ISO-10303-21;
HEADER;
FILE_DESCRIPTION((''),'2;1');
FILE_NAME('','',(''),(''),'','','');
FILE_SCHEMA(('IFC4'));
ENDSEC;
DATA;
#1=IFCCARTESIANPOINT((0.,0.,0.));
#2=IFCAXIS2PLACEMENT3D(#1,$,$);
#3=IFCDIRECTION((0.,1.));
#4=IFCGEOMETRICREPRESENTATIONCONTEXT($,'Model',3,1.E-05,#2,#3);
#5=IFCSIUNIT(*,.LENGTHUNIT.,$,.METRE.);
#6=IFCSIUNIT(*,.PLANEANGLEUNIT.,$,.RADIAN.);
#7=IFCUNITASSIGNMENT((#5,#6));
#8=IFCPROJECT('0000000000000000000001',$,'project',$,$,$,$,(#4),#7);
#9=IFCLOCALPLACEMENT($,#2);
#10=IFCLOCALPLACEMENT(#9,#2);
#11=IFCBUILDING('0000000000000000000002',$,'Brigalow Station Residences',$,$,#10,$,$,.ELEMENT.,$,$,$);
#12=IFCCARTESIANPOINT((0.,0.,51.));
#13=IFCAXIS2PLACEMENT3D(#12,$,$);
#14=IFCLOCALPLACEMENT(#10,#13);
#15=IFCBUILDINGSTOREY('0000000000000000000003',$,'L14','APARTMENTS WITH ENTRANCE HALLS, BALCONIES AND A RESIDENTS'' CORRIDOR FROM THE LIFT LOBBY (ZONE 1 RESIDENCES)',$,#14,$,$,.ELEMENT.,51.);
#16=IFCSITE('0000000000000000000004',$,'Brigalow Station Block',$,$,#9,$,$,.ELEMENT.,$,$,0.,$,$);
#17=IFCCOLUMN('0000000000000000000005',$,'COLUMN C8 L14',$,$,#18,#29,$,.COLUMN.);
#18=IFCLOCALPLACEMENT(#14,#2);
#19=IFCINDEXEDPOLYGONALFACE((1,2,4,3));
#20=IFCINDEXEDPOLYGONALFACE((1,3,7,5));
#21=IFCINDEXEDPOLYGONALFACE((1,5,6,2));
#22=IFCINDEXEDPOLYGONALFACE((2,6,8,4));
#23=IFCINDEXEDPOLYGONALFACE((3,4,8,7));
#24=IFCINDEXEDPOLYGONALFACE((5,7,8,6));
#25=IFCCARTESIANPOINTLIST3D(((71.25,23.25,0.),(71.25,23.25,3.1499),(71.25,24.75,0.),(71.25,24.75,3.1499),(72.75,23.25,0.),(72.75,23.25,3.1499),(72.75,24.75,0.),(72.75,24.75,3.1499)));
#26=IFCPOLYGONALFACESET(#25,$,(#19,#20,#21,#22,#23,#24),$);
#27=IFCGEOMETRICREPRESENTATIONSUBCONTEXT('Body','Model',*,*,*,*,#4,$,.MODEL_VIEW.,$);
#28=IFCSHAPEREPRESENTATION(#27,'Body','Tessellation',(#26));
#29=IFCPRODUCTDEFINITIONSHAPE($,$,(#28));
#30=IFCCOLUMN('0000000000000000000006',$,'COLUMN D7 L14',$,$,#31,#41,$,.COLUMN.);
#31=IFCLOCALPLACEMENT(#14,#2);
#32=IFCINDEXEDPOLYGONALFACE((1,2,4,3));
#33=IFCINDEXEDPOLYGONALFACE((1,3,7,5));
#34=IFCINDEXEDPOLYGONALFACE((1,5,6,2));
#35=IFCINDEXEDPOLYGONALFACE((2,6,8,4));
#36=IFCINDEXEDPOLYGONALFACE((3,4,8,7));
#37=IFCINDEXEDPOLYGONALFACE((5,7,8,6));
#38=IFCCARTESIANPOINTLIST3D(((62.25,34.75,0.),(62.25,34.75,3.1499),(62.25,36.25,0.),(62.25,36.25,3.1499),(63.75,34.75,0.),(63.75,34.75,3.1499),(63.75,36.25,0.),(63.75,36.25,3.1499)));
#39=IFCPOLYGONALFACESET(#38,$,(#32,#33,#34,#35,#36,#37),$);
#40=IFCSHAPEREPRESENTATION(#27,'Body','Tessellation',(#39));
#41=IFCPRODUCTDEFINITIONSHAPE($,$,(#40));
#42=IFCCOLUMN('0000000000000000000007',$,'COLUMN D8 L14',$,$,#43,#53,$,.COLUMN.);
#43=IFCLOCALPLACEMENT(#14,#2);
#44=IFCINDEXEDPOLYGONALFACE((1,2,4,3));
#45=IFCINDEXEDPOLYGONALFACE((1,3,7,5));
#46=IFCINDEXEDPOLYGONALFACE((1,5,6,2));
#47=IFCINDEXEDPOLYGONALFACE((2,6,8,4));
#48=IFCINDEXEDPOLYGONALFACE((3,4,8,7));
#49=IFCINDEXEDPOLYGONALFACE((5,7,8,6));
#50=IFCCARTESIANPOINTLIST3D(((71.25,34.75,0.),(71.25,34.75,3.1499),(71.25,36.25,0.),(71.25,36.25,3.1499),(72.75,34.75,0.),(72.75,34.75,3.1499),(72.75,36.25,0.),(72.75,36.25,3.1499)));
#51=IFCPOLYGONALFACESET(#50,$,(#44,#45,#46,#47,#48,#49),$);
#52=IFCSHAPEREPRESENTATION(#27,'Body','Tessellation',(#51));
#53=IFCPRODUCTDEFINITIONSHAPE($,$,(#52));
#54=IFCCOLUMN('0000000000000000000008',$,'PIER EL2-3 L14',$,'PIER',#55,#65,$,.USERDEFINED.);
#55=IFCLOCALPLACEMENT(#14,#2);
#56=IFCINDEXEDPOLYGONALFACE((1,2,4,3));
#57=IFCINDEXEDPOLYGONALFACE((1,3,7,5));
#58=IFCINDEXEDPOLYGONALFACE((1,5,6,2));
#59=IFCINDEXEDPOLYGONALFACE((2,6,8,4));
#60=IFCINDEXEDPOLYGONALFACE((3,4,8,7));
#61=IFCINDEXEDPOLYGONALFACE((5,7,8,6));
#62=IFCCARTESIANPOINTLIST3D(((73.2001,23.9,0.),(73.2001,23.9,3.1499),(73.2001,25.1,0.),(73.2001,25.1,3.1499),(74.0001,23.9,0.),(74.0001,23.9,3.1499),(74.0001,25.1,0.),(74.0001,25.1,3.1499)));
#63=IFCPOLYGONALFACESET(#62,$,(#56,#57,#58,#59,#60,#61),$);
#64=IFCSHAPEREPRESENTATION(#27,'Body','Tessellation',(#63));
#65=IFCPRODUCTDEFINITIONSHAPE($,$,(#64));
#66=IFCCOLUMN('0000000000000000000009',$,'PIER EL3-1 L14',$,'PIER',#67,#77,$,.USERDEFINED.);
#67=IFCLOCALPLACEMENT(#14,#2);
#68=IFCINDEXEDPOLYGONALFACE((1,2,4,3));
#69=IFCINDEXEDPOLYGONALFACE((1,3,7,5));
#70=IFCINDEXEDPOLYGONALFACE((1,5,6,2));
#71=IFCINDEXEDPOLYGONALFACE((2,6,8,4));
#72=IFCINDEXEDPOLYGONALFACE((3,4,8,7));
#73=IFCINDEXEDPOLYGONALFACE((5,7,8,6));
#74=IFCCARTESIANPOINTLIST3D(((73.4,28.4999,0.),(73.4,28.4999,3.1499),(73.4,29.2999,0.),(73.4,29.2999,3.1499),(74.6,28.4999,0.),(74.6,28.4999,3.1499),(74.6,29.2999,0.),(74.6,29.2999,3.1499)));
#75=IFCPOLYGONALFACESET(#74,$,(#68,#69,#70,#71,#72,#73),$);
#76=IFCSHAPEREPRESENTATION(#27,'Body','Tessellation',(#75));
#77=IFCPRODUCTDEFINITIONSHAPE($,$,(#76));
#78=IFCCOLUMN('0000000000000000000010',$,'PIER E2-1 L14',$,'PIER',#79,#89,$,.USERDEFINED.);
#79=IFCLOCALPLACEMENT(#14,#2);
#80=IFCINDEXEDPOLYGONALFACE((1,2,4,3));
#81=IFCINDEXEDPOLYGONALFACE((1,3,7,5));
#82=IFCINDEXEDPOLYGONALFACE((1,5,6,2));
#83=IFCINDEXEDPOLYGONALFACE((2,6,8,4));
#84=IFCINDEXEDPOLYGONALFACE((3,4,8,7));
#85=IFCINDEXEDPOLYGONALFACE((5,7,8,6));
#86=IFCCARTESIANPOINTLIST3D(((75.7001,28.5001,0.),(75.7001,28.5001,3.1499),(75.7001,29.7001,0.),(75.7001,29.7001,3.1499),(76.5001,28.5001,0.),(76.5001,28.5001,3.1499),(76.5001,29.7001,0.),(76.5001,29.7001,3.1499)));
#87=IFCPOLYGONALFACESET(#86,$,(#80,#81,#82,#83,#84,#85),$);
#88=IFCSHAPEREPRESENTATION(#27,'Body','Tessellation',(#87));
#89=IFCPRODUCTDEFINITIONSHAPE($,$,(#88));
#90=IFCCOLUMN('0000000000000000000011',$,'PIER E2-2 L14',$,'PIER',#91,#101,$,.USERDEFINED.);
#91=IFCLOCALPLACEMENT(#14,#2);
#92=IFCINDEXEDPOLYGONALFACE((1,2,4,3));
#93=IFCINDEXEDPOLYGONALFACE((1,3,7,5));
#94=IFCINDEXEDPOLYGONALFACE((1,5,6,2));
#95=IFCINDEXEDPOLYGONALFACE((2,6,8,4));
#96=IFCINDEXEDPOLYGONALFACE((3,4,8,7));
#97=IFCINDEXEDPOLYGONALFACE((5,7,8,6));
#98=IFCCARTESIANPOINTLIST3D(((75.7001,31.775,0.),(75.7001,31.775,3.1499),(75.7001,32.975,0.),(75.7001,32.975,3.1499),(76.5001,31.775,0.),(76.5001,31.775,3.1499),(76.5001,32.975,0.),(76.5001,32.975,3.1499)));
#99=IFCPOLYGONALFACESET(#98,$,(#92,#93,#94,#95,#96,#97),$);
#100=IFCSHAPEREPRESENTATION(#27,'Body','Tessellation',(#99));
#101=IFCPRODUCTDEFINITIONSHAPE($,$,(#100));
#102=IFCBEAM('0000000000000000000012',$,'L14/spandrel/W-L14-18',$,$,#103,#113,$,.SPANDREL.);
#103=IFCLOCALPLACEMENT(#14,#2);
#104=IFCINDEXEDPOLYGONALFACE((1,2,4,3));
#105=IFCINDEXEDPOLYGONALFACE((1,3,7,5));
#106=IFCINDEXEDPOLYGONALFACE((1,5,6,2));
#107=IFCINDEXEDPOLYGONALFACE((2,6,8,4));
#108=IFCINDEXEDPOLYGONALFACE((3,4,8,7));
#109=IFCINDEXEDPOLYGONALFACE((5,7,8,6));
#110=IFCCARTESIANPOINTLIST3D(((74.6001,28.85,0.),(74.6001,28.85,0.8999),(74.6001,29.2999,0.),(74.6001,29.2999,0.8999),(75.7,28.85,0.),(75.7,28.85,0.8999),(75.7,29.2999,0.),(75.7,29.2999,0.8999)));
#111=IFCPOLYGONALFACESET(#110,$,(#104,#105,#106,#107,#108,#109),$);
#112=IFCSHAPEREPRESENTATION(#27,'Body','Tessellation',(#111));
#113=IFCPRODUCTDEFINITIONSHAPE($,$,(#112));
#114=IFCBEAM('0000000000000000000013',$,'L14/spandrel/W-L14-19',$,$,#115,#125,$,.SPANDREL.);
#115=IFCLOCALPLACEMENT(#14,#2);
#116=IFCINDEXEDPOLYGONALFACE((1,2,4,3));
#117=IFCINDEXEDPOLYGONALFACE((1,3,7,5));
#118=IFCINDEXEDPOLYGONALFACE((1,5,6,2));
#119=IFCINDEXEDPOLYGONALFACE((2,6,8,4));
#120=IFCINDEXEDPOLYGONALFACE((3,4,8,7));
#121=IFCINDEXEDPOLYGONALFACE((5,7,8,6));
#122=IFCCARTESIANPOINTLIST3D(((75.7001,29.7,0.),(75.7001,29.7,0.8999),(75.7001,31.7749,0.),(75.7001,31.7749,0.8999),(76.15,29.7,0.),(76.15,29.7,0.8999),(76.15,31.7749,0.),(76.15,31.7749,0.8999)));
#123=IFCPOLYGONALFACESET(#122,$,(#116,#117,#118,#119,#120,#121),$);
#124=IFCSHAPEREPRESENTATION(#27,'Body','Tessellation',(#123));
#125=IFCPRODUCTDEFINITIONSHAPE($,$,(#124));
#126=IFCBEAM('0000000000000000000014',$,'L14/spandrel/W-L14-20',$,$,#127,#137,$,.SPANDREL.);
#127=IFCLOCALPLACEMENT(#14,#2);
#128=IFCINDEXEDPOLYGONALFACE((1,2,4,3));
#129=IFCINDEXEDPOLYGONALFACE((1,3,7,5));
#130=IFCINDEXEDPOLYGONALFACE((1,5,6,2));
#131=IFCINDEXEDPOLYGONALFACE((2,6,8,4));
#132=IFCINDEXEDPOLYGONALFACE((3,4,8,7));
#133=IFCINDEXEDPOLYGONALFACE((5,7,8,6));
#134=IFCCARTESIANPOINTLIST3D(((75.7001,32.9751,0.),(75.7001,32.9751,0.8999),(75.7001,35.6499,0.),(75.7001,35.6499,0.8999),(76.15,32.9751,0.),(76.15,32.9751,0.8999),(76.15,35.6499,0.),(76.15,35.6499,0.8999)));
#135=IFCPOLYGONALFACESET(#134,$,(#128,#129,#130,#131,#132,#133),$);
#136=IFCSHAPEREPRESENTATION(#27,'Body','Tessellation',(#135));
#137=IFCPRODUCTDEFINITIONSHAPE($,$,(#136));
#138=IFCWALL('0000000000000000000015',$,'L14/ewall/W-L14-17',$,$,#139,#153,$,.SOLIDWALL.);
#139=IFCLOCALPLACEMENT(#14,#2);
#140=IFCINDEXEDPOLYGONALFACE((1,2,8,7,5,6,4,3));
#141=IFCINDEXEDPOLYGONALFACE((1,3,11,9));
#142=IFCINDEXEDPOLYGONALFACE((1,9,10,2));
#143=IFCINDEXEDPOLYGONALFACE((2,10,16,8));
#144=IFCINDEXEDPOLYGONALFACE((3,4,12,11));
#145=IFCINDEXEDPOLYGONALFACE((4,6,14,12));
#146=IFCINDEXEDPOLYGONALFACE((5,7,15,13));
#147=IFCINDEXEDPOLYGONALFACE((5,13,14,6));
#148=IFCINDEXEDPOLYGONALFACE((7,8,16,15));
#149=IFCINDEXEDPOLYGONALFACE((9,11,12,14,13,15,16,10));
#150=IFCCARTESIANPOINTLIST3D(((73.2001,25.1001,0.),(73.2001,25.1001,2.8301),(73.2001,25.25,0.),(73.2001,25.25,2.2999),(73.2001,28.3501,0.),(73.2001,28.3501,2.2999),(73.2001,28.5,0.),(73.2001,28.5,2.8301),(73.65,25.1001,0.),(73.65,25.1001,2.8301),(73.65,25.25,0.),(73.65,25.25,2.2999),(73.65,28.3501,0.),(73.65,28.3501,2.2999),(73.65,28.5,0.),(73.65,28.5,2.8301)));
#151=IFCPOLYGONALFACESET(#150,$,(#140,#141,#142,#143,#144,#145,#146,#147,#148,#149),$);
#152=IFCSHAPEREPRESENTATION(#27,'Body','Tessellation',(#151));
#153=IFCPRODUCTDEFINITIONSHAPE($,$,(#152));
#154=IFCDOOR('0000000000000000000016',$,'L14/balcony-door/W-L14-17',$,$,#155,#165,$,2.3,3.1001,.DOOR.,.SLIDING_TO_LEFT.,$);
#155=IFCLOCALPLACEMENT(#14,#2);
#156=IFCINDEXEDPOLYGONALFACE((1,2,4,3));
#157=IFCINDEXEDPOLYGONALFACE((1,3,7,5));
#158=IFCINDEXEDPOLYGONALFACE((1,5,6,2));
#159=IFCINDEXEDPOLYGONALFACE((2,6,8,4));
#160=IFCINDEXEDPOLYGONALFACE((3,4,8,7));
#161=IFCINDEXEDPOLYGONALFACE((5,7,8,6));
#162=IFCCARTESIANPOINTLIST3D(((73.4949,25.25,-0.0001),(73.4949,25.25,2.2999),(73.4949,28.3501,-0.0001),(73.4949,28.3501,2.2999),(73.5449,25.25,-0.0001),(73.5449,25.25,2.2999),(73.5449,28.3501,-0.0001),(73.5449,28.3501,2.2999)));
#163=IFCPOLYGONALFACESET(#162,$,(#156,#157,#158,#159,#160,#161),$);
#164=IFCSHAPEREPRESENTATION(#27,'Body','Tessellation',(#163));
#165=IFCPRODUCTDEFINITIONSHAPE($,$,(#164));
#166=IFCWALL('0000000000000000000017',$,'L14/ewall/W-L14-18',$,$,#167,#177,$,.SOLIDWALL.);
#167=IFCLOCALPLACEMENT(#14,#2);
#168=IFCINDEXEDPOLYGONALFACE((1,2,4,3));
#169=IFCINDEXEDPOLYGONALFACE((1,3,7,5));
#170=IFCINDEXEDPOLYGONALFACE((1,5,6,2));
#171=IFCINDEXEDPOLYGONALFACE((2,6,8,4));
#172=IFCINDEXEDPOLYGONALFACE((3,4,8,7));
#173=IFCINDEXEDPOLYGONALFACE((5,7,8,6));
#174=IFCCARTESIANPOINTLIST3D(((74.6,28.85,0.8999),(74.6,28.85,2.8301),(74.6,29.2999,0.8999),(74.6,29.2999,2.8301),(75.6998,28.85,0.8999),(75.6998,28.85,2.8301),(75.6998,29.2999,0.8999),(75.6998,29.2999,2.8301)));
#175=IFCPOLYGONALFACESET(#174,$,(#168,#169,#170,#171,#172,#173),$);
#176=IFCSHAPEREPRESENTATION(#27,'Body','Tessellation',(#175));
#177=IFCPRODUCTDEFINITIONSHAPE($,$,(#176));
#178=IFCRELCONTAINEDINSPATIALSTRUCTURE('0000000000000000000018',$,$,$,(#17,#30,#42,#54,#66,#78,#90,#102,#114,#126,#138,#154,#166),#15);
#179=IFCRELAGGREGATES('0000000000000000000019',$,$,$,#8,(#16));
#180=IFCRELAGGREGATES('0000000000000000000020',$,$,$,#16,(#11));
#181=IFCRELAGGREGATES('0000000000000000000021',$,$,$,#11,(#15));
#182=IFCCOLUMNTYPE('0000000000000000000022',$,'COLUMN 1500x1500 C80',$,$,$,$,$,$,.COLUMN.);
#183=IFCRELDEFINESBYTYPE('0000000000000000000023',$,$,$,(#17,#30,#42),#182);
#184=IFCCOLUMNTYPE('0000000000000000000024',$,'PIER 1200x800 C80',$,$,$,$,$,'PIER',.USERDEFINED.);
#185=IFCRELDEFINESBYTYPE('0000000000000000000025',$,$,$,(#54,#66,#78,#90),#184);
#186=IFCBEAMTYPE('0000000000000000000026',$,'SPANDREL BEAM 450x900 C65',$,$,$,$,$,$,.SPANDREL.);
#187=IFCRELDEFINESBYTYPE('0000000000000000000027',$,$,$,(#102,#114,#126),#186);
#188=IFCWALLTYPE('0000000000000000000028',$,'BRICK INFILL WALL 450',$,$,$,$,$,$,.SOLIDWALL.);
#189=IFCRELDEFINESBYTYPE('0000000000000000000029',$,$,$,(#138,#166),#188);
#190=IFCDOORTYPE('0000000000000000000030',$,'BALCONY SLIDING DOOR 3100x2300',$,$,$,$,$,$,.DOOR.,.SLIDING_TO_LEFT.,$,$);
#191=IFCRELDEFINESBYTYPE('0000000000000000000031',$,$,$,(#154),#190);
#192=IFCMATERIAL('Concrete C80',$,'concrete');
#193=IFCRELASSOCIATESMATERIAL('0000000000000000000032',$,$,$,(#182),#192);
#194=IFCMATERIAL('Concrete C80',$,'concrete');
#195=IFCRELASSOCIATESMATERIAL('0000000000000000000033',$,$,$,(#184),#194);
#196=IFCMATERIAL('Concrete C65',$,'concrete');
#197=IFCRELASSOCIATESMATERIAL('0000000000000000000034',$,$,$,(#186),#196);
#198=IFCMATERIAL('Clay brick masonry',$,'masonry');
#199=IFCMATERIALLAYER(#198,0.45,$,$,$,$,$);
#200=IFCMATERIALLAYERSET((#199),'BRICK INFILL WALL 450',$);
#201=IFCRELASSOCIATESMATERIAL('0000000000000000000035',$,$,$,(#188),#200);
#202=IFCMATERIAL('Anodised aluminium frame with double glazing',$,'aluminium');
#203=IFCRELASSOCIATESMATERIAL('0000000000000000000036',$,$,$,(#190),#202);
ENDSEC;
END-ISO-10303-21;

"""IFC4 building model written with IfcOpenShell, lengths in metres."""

from ifc_helpers import new_model, si_unit, direction, frame, frame_2d, origin, origin_2d, place, context, subcontext, project, spatial, rectangle, extrude, material, layer, layer_set, material_profile, profile_set, type_object, element, fill, save


model = new_model("IFC4")

# Units and contexts
model_context = context("Model", 3, precision=1e-05, world=origin(), true_north=direction((0.0, 1.0)))
body_context = subcontext(model_context, "Body", "Model", "MODEL_VIEW")
ifc_project = project(units=[si_unit("LENGTHUNIT", "METRE"), si_unit("PLANEANGLEUNIT", "RADIAN")], contexts=[model_context])

# Site, building, storey
site_placement = place(None, origin())
site = spatial("IfcSite", under=ifc_project, at=site_placement, Name="Brigalow Station Block", CompositionType="ELEMENT", RefElevation=0.0)
building_placement = place(site_placement, origin())
building = spatial("IfcBuilding", under=site, at=building_placement, Name="Brigalow Station Residences", CompositionType="ELEMENT")
storey_placement = place(building_placement, frame((0.0, 0.0, 51.0)))
storey = spatial("IfcBuildingStorey", under=building, at=storey_placement, Name="L14", Description="APARTMENTS WITH ENTRANCE HALLS, BALCONIES AND A RESIDENTS' CORRIDOR FROM THE LIFT LOBBY (ZONE 1 RESIDENCES)", CompositionType="ELEMENT", Elevation=51.0)

# Columns
ifc_material_1 = material(Name="Concrete C80", Category="concrete")
ifc_material_profile_1 = material_profile(ifc_material_1, rectangle(XDim=1.5, YDim=1.5, at=origin_2d()), Name="RC1500x1500")
ifc_profile_set_1 = profile_set([ifc_material_profile_1], Name="Concrete C80")
column_type_1 = type_object("IfcColumnType", Name="COLUMN 1500x1500 C80", PredefinedType="COLUMN", material=ifc_profile_set_1)
for number, where, z_axis, x_axis, name in (
    (1, (72.0, 24.0, 0.0), (0.0, 0.0, 1.0), (1.0, 0.0, 0.0), "COLUMN C8 L14"),
    (2, (63.0, 35.5, 0.0), (0.0, 0.0, 1.0), (1.0, 0.0, 0.0), "COLUMN D7 L14"),
    (3, (72.0, 35.5, 0.0), (0.0, 0.0, 1.0), (1.0, 0.0, 0.0), "COLUMN D8 L14"),
):
    element("IfcColumn", number, at=place(storey_placement, frame(where, z_axis=z_axis, x_axis=x_axis)), inside=storey, type_object=column_type_1, Name=name, PredefinedType="COLUMN", context=body_context, shape_type="SweptSolid", body=[
        extrude(rectangle(XDim=1.5, YDim=1.5, at=origin_2d()), origin(), (0.0, 0.0, 1.0), 3.1499),
    ])
ifc_material_2 = material(Name="Concrete C80", Category="concrete")
ifc_material_profile_2 = material_profile(ifc_material_2, rectangle(XDim=1.2, YDim=0.8, at=origin_2d()), Name="RC1200x800")
ifc_profile_set_2 = profile_set([ifc_material_profile_2], Name="Concrete C80")
column_type_2 = type_object("IfcColumnType", Name="PIER 1200x800 C80", ElementType="PIER", PredefinedType="USERDEFINED", material=ifc_profile_set_2)
for number, where, z_axis, x_axis, name in (
    (4, (73.6001, 24.5, 0.0), (0.0, 0.0, 1.0), (0.0, 1.0, 0.0), "PIER EL2-3 L14"),
    (5, (74.0, 28.8999, 0.0), (0.0, 0.0, 1.0), (1.0, 0.0, 0.0), "PIER EL3-1 L14"),
    (6, (76.1001, 29.1001, 0.0), (0.0, 0.0, 1.0), (0.0, 1.0, 0.0), "PIER E2-1 L14"),
    (7, (76.1001, 32.375, 0.0), (0.0, 0.0, 1.0), (0.0, 1.0, 0.0), "PIER E2-2 L14"),
):
    element("IfcColumn", number, at=place(storey_placement, frame(where, z_axis=z_axis, x_axis=x_axis)), inside=storey, type_object=column_type_2, Name=name, ObjectType="PIER", PredefinedType="USERDEFINED", context=body_context, shape_type="SweptSolid", body=[
        extrude(rectangle(XDim=1.2, YDim=0.8, at=origin_2d()), origin(), (0.0, 0.0, 1.0), 3.1499),
    ])

# Beams
ifc_material_3 = material(Name="Concrete C65", Category="concrete")
ifc_material_profile_3 = material_profile(ifc_material_3, rectangle(XDim=0.45, YDim=0.8999, at=origin_2d()), Name="RC450x900")
ifc_profile_set_3 = profile_set([ifc_material_profile_3], Name="Concrete C65")
beam_type = type_object("IfcBeamType", Name="SPANDREL BEAM 450x900 C65", PredefinedType="SPANDREL", material=ifc_profile_set_3)
beam_1_placement = place(storey_placement, frame((74.6001, 29.075, 0.45), z_axis=(1.0, 0.0, 0.0), x_axis=(0.0, 1.0, 0.0)))
element("IfcBeam", 8, at=beam_1_placement, inside=storey, type_object=beam_type, Name="L14/spandrel/W-L14-18", PredefinedType="SPANDREL", context=body_context, shape_type="SweptSolid", body=[
    extrude(rectangle(XDim=0.45, YDim=0.8999, at=origin_2d()), origin(), (0.0, 0.0, 1.0), 1.0999),
])
beam_2_placement = place(storey_placement, frame((75.925, 29.7, 0.45), z_axis=(0.0, 1.0, 0.0), x_axis=(-1.0, 0.0, 0.0)))
element("IfcBeam", 9, at=beam_2_placement, inside=storey, type_object=beam_type, Name="L14/spandrel/W-L14-19", PredefinedType="SPANDREL", context=body_context, shape_type="SweptSolid", body=[
    extrude(rectangle(XDim=0.45, YDim=0.8999, at=origin_2d()), origin(), (0.0, 0.0, 1.0), 2.075),
])
beam_3_placement = place(storey_placement, frame((75.925, 32.9751, 0.45), z_axis=(0.0, 1.0, 0.0), x_axis=(-1.0, 0.0, 0.0)))
element("IfcBeam", 10, at=beam_3_placement, inside=storey, type_object=beam_type, Name="L14/spandrel/W-L14-20", PredefinedType="SPANDREL", context=body_context, shape_type="SweptSolid", body=[
    extrude(rectangle(XDim=0.45, YDim=0.8999, at=origin_2d()), origin(), (0.0, 0.0, 1.0), 2.6748),
])

# Wall, opening, door
ifc_material_4 = material(Name="Clay brick masonry", Category="masonry")
ifc_layer_1 = layer(ifc_material_4, 0.45)
ifc_layer_set_1 = layer_set([ifc_layer_1], Name="BRICK INFILL WALL 450")
wall_type_1 = type_object("IfcWallType", Name="BRICK INFILL WALL 450", PredefinedType="SOLIDWALL", material=ifc_layer_set_1)
wall_1_placement = place(storey_placement, frame((73.425, 25.1001, 0.0), z_axis=(0.0, 0.0, 1.0), x_axis=(0.0, 1.0, 0.0)))
wall_1 = element("IfcWall", 11, at=wall_1_placement, inside=storey, type_object=wall_type_1, Name="L14/ewall/W-L14-17", PredefinedType="SOLIDWALL", context=body_context, shape_type="SweptSolid", body=[
    extrude(rectangle(XDim=3.3999, YDim=0.45, at=frame_2d((1.7, 0.0))), origin(), (0.0, 0.0, 1.0), 2.8301),
])
opening_1_placement = place(wall_1_placement, frame((0.1499, 0.0, 0.0)))
opening_1 = element("IfcOpeningElement", 12, at=opening_1_placement, cuts=wall_1, PredefinedType="OPENING", context=body_context, shape_type="SweptSolid", body=[
    extrude(rectangle(XDim=3.1001, YDim=2.3, at=frame_2d((1.55, 1.1499))), frame((0.0, 0.2349, 0.0), z_axis=(0.0, -1.0, 0.0), x_axis=(1.0, 0.0, 0.0)), (0.0, 0.0, 1.0), 0.47),
])
ifc_material_5 = material(Name="Anodised aluminium frame with double glazing", Category="aluminium")
door_type_1 = type_object("IfcDoorType", Name="BALCONY SLIDING DOOR 3100x2300", OperationType="SLIDING_TO_LEFT", PredefinedType="DOOR", material=ifc_material_5)
door_1_placement = place(opening_1_placement, origin())
door_1 = element("IfcDoor", 13, at=door_1_placement, inside=storey, type_object=door_type_1, Name="L14/balcony-door/W-L14-17", OperationType="SLIDING_TO_LEFT", OverallHeight=2.3, OverallWidth=3.1001, PredefinedType="DOOR", context=body_context, shape_type="SweptSolid", body=[
    extrude(rectangle(XDim=3.1001, YDim=2.3, at=frame_2d((1.55, 1.1499))), frame((0.0, -0.0698, 0.0), z_axis=(0.0, -1.0, 0.0), x_axis=(1.0, 0.0, 0.0)), (0.0, 0.0, 1.0), 0.05),
])
fill(opening_1, door_1)

# Wall
wall_2_placement = place(storey_placement, frame((74.6001, 29.075, 0.8999), z_axis=(0.0, 0.0, 1.0), x_axis=(1.0, 0.0, 0.0)))
element("IfcWall", 14, at=wall_2_placement, inside=storey, type_object=wall_type_1, Name="L14/ewall/W-L14-18", PredefinedType="SOLIDWALL", context=body_context, shape_type="SweptSolid", body=[
    extrude(rectangle(XDim=1.0999, YDim=0.45, at=frame_2d((0.5498, 0.0))), origin(), (0.0, 0.0, 1.0), 1.9302),
])

save(model, "model.ifc")
